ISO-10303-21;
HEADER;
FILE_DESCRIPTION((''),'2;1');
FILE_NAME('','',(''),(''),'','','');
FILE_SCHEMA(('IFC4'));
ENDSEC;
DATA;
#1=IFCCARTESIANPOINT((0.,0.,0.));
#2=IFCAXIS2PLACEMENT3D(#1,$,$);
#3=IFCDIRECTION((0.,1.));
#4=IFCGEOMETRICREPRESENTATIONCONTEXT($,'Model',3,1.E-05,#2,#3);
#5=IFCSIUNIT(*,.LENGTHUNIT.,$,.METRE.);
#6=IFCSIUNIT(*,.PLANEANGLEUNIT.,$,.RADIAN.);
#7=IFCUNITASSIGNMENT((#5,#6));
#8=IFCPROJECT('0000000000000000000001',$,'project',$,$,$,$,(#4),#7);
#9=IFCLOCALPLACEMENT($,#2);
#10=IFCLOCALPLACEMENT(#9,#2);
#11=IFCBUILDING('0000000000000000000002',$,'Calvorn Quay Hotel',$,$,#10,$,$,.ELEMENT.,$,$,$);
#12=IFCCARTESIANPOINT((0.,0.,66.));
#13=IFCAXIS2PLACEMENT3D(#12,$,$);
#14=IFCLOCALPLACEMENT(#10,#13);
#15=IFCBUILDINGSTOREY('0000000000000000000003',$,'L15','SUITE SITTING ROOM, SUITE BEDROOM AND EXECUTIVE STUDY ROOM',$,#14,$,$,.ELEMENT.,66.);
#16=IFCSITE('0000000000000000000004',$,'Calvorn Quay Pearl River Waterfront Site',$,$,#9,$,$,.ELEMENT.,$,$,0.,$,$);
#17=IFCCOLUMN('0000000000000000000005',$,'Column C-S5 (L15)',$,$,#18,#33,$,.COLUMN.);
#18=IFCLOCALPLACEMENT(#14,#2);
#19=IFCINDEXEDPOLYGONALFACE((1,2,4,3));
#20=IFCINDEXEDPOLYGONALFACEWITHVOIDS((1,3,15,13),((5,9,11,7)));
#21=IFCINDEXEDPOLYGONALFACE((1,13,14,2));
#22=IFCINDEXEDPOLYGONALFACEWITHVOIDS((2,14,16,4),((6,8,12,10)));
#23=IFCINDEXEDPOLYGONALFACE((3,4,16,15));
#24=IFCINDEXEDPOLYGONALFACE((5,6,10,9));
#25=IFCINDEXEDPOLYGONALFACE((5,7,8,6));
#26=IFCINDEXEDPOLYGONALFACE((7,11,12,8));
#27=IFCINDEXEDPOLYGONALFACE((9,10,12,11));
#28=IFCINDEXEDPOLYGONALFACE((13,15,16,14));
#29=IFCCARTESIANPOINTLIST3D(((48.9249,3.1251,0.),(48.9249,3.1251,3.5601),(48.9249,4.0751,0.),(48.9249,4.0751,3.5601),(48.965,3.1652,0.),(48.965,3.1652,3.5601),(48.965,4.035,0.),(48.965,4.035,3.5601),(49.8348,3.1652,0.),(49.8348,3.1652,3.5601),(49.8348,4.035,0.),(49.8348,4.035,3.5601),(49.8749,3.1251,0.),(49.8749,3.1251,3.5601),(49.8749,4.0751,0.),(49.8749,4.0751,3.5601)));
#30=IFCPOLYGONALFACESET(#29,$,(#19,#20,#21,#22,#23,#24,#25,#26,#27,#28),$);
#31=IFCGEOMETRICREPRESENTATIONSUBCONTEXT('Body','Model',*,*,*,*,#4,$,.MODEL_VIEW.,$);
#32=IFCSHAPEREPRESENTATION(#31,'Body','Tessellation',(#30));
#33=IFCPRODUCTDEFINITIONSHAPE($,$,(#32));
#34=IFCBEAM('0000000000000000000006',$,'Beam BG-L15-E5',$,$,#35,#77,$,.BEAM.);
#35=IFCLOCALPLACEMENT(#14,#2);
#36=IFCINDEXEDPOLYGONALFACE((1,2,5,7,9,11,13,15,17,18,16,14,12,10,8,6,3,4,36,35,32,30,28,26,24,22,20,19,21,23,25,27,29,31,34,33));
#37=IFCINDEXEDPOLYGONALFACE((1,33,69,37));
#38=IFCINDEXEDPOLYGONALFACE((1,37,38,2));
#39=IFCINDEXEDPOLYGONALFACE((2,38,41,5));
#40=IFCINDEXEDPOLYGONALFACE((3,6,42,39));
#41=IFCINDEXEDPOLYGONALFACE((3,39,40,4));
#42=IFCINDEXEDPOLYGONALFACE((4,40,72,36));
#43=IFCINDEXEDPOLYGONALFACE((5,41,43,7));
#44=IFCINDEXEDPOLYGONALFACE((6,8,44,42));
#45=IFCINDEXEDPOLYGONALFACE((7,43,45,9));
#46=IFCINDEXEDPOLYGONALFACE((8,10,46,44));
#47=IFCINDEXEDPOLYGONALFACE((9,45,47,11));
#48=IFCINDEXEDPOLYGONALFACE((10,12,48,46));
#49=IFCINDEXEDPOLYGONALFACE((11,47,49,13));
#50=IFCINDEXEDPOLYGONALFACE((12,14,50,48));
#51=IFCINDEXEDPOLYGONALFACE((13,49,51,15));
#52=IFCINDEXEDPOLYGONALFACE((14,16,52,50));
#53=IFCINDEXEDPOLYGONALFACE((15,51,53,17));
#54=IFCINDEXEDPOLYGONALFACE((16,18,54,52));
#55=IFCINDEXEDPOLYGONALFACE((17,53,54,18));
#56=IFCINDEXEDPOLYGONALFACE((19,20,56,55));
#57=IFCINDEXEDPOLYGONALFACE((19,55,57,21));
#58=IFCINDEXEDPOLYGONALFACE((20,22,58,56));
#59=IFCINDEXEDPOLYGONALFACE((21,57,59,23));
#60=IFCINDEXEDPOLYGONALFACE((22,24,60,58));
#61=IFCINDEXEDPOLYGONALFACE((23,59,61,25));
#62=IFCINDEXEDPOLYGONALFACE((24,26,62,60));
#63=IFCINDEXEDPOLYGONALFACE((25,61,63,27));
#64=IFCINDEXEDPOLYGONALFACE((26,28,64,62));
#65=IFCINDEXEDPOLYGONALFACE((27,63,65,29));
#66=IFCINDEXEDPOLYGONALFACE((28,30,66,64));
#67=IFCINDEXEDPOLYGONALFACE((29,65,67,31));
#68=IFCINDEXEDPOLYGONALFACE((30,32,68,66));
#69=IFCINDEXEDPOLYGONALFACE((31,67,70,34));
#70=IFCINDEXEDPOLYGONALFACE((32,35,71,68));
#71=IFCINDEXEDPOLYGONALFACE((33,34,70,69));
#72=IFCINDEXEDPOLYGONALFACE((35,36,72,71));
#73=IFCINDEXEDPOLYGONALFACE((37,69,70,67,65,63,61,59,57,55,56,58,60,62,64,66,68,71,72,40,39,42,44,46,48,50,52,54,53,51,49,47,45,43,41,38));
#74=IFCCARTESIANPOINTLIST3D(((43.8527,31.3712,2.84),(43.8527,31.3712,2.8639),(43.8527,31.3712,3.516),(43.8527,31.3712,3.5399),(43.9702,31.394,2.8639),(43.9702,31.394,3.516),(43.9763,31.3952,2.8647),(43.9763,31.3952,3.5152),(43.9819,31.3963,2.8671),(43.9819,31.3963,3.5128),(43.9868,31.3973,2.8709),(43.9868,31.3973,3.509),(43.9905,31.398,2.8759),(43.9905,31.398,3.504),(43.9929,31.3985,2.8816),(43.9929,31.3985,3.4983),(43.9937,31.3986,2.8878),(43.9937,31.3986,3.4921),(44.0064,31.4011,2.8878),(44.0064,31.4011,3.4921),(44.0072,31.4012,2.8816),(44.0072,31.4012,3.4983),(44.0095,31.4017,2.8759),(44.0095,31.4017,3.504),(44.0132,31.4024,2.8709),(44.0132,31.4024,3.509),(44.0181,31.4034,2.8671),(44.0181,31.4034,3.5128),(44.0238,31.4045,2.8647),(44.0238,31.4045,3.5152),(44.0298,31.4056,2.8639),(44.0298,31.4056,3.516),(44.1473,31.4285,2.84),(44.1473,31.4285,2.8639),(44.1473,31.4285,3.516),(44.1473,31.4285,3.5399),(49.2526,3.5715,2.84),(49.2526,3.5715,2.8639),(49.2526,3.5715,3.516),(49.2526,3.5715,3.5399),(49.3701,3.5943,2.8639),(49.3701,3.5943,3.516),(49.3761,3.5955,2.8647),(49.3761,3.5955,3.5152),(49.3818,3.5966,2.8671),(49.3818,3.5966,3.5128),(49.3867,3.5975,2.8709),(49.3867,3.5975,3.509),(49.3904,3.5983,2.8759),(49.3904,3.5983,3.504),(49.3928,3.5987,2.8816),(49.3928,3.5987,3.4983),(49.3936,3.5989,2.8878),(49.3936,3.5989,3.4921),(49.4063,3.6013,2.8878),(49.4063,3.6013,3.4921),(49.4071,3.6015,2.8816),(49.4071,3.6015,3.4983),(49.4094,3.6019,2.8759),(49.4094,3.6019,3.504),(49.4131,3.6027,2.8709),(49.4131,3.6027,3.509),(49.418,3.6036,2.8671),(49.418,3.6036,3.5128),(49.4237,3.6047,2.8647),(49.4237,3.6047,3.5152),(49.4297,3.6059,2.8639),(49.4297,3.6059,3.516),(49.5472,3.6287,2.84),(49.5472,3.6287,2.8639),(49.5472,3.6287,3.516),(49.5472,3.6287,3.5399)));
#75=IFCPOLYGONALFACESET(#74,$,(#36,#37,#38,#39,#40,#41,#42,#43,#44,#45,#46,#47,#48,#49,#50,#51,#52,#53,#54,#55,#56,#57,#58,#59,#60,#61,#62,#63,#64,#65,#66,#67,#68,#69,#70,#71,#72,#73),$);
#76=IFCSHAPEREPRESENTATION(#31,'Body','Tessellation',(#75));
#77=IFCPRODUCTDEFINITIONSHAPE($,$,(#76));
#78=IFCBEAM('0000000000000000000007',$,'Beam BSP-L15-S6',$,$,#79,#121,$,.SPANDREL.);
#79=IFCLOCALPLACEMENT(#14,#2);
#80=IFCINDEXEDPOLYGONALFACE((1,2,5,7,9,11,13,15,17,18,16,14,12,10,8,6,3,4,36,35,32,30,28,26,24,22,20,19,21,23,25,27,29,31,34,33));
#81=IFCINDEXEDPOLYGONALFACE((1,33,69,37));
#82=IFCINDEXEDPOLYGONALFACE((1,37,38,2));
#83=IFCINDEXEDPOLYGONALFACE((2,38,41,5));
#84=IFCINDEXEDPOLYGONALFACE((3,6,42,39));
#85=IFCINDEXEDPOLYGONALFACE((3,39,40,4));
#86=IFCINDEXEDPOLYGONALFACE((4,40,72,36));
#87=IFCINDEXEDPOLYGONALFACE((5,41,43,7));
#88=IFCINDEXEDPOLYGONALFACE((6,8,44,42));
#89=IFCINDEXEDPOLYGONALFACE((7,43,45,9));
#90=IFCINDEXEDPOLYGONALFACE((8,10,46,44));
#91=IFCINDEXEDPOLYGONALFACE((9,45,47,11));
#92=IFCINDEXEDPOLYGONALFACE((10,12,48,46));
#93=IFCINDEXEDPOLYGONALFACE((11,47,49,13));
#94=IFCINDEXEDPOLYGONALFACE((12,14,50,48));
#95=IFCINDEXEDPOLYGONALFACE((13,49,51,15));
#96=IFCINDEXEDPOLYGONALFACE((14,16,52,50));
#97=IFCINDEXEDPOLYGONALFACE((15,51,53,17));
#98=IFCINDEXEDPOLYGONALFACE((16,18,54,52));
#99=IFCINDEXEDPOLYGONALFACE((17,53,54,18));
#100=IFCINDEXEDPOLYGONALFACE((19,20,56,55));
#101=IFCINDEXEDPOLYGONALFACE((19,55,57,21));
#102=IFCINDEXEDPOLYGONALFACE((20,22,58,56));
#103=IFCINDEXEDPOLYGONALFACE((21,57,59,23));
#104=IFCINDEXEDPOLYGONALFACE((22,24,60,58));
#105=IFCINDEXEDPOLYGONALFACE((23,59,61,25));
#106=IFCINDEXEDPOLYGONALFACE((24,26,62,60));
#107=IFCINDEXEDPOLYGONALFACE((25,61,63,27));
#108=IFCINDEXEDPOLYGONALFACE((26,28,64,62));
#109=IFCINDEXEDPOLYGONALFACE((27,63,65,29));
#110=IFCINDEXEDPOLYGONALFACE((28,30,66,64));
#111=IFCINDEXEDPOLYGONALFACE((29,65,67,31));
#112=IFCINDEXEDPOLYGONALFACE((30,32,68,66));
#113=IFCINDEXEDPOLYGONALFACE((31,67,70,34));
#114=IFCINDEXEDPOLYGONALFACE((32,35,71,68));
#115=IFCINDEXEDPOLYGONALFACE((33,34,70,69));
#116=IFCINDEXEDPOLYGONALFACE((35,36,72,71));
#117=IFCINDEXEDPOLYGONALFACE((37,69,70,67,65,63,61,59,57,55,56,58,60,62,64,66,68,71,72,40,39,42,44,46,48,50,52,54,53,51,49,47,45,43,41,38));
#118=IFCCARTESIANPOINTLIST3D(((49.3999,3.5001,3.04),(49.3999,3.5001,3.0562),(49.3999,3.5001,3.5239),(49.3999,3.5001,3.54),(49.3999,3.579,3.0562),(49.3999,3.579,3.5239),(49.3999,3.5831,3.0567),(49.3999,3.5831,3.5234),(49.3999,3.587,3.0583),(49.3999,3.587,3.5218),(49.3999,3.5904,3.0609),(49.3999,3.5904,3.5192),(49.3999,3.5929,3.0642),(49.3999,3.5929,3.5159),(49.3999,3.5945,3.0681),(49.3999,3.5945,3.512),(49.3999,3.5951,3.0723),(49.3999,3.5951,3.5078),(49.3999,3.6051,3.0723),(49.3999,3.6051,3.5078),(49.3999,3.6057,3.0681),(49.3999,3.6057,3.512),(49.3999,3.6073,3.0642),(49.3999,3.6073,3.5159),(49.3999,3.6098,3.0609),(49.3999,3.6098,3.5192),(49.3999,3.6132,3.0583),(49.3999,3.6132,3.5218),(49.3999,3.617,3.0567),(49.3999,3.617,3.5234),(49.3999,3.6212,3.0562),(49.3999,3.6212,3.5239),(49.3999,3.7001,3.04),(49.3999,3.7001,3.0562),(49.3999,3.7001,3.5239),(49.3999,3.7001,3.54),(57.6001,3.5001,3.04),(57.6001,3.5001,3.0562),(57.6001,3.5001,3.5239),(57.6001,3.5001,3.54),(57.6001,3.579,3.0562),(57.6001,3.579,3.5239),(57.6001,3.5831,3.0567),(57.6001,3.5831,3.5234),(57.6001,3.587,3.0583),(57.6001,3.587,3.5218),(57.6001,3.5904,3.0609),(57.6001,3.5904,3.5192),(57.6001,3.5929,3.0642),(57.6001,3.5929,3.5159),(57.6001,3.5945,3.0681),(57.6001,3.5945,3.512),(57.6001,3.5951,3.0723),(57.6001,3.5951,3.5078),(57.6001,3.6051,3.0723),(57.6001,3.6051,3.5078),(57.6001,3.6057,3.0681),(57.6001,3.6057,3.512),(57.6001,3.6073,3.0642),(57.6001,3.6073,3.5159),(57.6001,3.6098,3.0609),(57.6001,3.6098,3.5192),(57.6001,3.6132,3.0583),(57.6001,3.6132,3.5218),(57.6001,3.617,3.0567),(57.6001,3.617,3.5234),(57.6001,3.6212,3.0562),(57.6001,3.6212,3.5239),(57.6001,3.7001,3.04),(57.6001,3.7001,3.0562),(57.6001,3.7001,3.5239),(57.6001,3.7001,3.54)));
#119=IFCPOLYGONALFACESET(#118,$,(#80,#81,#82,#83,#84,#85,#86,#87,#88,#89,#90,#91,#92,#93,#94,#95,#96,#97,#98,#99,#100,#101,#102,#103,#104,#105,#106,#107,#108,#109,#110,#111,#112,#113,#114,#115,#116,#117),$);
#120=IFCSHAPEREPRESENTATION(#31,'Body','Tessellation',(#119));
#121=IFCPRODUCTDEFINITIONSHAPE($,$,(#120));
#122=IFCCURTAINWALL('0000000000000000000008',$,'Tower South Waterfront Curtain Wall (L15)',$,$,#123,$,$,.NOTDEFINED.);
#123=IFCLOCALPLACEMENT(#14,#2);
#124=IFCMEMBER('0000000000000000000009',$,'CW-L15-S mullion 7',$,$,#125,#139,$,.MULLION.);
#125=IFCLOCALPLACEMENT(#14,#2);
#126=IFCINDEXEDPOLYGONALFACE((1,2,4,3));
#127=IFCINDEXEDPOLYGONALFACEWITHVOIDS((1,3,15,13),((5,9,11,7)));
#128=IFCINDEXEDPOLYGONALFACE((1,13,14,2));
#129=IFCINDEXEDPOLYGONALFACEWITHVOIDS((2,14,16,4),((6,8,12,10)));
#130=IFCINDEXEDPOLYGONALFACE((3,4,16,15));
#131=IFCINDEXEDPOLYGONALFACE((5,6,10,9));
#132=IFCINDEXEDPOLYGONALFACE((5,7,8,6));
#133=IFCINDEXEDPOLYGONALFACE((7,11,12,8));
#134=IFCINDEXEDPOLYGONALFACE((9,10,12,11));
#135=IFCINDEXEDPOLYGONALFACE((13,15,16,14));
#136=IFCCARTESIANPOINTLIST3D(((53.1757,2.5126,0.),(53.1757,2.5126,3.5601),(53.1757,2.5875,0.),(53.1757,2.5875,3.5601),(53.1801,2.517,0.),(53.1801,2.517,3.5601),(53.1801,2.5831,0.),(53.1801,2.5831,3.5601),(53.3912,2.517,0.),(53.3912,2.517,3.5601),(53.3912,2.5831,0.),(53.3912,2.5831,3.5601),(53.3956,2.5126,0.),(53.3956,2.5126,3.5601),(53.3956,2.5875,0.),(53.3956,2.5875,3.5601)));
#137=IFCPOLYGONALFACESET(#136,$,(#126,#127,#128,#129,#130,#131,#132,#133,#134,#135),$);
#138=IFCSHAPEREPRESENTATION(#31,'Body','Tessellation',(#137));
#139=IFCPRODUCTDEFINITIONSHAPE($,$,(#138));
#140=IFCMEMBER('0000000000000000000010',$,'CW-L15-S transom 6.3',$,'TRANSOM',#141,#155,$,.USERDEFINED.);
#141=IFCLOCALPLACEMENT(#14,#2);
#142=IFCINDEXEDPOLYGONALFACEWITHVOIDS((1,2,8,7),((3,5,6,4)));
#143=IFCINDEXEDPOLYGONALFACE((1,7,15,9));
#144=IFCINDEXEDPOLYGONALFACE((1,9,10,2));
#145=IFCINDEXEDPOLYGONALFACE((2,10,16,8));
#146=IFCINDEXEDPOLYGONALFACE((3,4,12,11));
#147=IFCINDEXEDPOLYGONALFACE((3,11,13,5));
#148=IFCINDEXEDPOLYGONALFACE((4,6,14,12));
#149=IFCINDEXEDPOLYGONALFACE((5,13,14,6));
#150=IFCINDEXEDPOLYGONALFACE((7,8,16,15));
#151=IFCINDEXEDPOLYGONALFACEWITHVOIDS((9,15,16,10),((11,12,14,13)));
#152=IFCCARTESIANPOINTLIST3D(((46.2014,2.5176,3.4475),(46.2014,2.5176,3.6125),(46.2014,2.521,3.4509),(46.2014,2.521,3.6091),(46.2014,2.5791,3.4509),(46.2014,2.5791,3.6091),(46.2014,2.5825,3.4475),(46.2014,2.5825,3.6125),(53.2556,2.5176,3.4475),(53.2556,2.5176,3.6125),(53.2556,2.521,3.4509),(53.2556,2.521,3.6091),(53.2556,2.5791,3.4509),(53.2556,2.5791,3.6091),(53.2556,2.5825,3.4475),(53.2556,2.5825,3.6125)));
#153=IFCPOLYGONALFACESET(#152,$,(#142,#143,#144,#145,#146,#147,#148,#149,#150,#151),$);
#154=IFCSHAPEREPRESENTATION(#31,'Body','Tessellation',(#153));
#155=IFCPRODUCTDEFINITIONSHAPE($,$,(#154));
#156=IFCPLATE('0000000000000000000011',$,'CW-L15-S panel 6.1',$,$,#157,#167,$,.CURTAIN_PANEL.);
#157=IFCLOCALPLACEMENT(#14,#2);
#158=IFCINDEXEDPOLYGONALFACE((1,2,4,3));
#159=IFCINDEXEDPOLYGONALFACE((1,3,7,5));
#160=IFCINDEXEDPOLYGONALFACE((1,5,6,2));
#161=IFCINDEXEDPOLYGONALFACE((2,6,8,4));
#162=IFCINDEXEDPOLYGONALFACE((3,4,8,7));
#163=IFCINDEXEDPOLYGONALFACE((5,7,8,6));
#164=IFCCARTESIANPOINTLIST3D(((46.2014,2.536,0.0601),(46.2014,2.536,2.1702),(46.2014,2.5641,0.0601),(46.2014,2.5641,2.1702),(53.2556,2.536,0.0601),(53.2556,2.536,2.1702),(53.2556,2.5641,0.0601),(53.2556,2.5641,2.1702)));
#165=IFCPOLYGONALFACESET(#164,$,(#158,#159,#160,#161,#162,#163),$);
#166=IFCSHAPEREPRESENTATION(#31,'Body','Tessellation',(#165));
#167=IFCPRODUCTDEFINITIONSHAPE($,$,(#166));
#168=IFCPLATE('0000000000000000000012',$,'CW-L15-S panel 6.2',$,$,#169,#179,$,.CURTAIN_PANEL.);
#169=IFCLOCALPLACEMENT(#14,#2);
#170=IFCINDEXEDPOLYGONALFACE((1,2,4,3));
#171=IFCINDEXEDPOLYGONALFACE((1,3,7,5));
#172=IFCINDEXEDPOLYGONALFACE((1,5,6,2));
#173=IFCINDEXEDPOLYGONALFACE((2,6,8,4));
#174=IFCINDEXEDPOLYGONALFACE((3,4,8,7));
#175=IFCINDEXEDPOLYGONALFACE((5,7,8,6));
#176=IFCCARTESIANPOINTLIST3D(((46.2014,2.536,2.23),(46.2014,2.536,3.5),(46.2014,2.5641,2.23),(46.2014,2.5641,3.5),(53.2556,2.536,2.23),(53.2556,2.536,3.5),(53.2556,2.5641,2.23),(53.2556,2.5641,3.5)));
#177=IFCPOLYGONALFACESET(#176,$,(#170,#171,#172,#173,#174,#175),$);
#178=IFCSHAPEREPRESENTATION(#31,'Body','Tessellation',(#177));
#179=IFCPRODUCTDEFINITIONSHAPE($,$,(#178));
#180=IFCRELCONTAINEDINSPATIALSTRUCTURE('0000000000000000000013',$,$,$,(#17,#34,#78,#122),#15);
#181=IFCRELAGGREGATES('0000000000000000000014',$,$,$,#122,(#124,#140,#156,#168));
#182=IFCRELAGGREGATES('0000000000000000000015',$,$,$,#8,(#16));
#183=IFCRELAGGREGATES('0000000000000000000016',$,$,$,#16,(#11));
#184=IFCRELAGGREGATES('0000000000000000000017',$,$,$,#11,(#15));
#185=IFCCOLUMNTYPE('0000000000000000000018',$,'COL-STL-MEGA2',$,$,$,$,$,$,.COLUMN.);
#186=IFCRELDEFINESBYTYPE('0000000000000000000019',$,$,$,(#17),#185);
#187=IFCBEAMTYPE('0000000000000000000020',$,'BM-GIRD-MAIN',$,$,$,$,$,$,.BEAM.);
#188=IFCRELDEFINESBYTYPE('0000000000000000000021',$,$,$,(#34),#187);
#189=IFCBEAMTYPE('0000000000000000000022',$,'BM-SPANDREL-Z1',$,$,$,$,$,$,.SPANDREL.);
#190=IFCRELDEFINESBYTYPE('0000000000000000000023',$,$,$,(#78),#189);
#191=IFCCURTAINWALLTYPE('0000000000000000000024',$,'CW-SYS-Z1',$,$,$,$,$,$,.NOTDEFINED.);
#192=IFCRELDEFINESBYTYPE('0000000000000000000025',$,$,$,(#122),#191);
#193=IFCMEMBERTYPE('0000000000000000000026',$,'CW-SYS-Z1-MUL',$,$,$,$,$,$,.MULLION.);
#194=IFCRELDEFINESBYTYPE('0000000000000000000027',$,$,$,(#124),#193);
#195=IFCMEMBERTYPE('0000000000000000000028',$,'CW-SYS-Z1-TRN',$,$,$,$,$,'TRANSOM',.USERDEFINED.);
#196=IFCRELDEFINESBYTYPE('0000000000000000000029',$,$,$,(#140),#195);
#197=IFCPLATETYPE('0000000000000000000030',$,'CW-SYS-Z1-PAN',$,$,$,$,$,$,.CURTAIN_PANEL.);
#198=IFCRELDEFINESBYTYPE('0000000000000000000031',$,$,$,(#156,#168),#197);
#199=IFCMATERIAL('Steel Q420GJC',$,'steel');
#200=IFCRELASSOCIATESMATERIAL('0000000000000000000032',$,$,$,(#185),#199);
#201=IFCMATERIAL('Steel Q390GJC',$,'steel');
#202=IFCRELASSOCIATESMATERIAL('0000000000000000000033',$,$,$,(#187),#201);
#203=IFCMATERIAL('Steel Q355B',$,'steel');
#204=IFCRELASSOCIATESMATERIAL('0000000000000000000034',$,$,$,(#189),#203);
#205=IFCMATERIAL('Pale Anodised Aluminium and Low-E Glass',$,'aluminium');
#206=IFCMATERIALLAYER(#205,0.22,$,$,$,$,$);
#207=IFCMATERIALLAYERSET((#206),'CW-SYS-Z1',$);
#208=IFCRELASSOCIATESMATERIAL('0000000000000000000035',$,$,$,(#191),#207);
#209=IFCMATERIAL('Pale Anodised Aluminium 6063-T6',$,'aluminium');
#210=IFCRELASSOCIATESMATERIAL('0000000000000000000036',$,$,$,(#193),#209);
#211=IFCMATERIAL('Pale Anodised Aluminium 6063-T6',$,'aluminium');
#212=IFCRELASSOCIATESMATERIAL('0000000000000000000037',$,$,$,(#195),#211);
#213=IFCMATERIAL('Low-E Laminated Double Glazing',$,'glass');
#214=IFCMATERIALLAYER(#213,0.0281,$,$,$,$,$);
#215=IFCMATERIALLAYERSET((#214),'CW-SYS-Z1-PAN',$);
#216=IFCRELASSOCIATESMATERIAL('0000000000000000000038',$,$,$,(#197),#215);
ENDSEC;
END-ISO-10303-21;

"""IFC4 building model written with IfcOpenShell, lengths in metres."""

from ifc_helpers import new_model, si_unit, direction, frame, origin, origin_2d, place, context, subcontext, project, spatial, rectangle, hollow_rectangle, i_section, extrude, material, layer, layer_set, material_profile, profile_set, type_object, element, aggregate, save


model = new_model("IFC4")

# Units and contexts
model_context = context("Model", 3, precision=1e-05, world=origin(), true_north=direction((0.0, 1.0)))
body_context = subcontext(model_context, "Body", "Model", "MODEL_VIEW")
ifc_project = project(units=[si_unit("LENGTHUNIT", "METRE"), si_unit("PLANEANGLEUNIT", "RADIAN")], contexts=[model_context])

# Site, building, storey
site_placement = place(None, origin())
site = spatial("IfcSite", under=ifc_project, at=site_placement, Name="Calvorn Quay Pearl River Waterfront Site", CompositionType="ELEMENT", RefElevation=0.0)
building_placement = place(site_placement, origin())
building = spatial("IfcBuilding", under=site, at=building_placement, Name="Calvorn Quay Hotel", CompositionType="ELEMENT")
storey_placement = place(building_placement, frame((0.0, 0.0, 66.0)))
storey = spatial("IfcBuildingStorey", under=building, at=storey_placement, Name="L15", Description="SUITE SITTING ROOM, SUITE BEDROOM AND EXECUTIVE STUDY ROOM", CompositionType="ELEMENT", Elevation=66.0)

# Column
ifc_material_1 = material(Name="Steel Q420GJC", Category="steel")
ifc_material_profile_1 = material_profile(ifc_material_1, hollow_rectangle(XDim=0.95, YDim=0.95, WallThickness=0.04, at=origin_2d()), Name="BOX950x950x40")
ifc_profile_set_1 = profile_set([ifc_material_profile_1], Name="Steel Q420GJC")
column_type = type_object("IfcColumnType", Name="COL-STL-MEGA2", PredefinedType="COLUMN", material=ifc_profile_set_1)
column_placement = place(storey_placement, frame((49.3999, 3.6001, 0.0), z_axis=(0.0, 0.0, 1.0), x_axis=(1.0, 0.0, 0.0)))
element("IfcColumn", 1, at=column_placement, inside=storey, type_object=column_type, Name="Column C-S5 (L15)", PredefinedType="COLUMN", context=body_context, shape_type="SweptSolid", body=[
    extrude(hollow_rectangle(XDim=0.95, YDim=0.95, WallThickness=0.04, at=origin_2d()), origin(), (0.0, 0.0, 1.0), 3.5601),
])

# Beams
ifc_material_2 = material(Name="Steel Q390GJC", Category="steel")
ifc_material_profile_2 = material_profile(ifc_material_2, i_section(OverallWidth=0.3, OverallDepth=0.7, WebThickness=0.0129, FlangeThickness=0.0239, FilletRadius=0.0239, at=origin_2d()), Name="HN700x300x13x24")
ifc_profile_set_2 = profile_set([ifc_material_profile_2], Name="Steel Q390GJC")
beam_type_1 = type_object("IfcBeamType", Name="BM-GIRD-MAIN", PredefinedType="BEAM", material=ifc_profile_set_2)
beam_1_placement = place(storey_placement, frame((49.3999, 3.6001, 3.1899), z_axis=(-0.190679, 0.981653, 0.0), x_axis=(-0.981653, -0.190679, 0.0)))
element("IfcBeam", 2, at=beam_1_placement, inside=storey, type_object=beam_type_1, Name="Beam BG-L15-E5", PredefinedType="BEAM", context=body_context, shape_type="SweptSolid", body=[
    extrude(i_section(OverallWidth=0.3, OverallDepth=0.7, WebThickness=0.0129, FlangeThickness=0.0239, FilletRadius=0.0239, at=origin_2d()), origin(), (0.0, 0.0, 1.0), 28.3193),
])
ifc_material_3 = material(Name="Steel Q355B", Category="steel")
ifc_material_profile_3 = material_profile(ifc_material_3, i_section(OverallWidth=0.2, OverallDepth=0.5, WebThickness=0.01, FlangeThickness=0.0161, FilletRadius=0.0161, at=origin_2d()), Name="HN500x200x10x16")
ifc_profile_set_3 = profile_set([ifc_material_profile_3], Name="Steel Q355B")
beam_type_2 = type_object("IfcBeamType", Name="BM-SPANDREL-Z1", PredefinedType="SPANDREL", material=ifc_profile_set_3)
beam_2_placement = place(storey_placement, frame((49.3999, 3.6001, 3.29), z_axis=(1.0, 0.0, 0.0), x_axis=(0.0, 1.0, 0.0)))
element("IfcBeam", 3, at=beam_2_placement, inside=storey, type_object=beam_type_2, Name="Beam BSP-L15-S6", PredefinedType="SPANDREL", context=body_context, shape_type="SweptSolid", body=[
    extrude(i_section(OverallWidth=0.2, OverallDepth=0.5, WebThickness=0.01, FlangeThickness=0.0161, FilletRadius=0.0161, at=origin_2d()), origin(), (0.0, 0.0, 1.0), 8.2002),
])

# Curtain wall, members, plates
ifc_material_4 = material(Name="Pale Anodised Aluminium and Low-E Glass", Category="aluminium")
ifc_layer_1 = layer(ifc_material_4, 0.22)
ifc_layer_set_1 = layer_set([ifc_layer_1], Name="CW-SYS-Z1")
curtain_wall_type = type_object("IfcCurtainWallType", Name="CW-SYS-Z1", PredefinedType="NOTDEFINED", material=ifc_layer_set_1)
curtain_wall_placement = place(storey_placement, origin())
curtain_wall = element("IfcCurtainWall", 4, at=curtain_wall_placement, inside=storey, type_object=curtain_wall_type, Name="Tower South Waterfront Curtain Wall (L15)", PredefinedType="NOTDEFINED")
ifc_material_5 = material(Name="Pale Anodised Aluminium 6063-T6", Category="aluminium")
ifc_material_profile_4 = material_profile(ifc_material_5, hollow_rectangle(XDim=0.075, YDim=0.22, WallThickness=0.0044, at=origin_2d()), Name="ALU-M220x75x4.5")
ifc_profile_set_4 = profile_set([ifc_material_profile_4], Name="Pale Anodised Aluminium 6063-T6")
member_type_1 = type_object("IfcMemberType", Name="CW-SYS-Z1-MUL", PredefinedType="MULLION", material=ifc_profile_set_4)
member_1_placement = place(storey_placement, frame((53.2856, 2.55, 0.0), z_axis=(0.0, 0.0, 1.0), x_axis=(0.0, 1.0, 0.0)))
member_1 = element("IfcMember", 5, at=member_1_placement, type_object=member_type_1, Name="CW-L15-S mullion 7", PredefinedType="MULLION", context=body_context, shape_type="SweptSolid", body=[
    extrude(hollow_rectangle(XDim=0.075, YDim=0.22, WallThickness=0.0044, at=origin_2d()), origin(), (0.0, 0.0, 1.0), 3.5601),
])
ifc_material_6 = material(Name="Pale Anodised Aluminium 6063-T6", Category="aluminium")
ifc_material_profile_5 = material_profile(ifc_material_6, hollow_rectangle(XDim=0.0649, YDim=0.165, WallThickness=0.0034, at=origin_2d()), Name="ALU-T165x65x3.5")
ifc_profile_set_5 = profile_set([ifc_material_profile_5], Name="Pale Anodised Aluminium 6063-T6")
member_type_2 = type_object("IfcMemberType", Name="CW-SYS-Z1-TRN", ElementType="TRANSOM", PredefinedType="USERDEFINED", material=ifc_profile_set_5)
member_2_placement = place(storey_placement, frame((46.2014, 2.55, 3.53), z_axis=(1.0, 0.0, 0.0), x_axis=(0.0, 1.0, 0.0)))
member_2 = element("IfcMember", 6, at=member_2_placement, type_object=member_type_2, Name="CW-L15-S transom 6.3", ObjectType="TRANSOM", PredefinedType="USERDEFINED", context=body_context, shape_type="SweptSolid", body=[
    extrude(hollow_rectangle(XDim=0.0649, YDim=0.165, WallThickness=0.0034, at=origin_2d()), origin(), (0.0, 0.0, 1.0), 7.0542),
])
ifc_material_7 = material(Name="Low-E Laminated Double Glazing", Category="glass")
ifc_layer_2 = layer(ifc_material_7, 0.0281)
ifc_layer_set_2 = layer_set([ifc_layer_2], Name="CW-SYS-Z1-PAN")
plate_type = type_object("IfcPlateType", Name="CW-SYS-Z1-PAN", PredefinedType="CURTAIN_PANEL", material=ifc_layer_set_2)
plate_1_placement = place(storey_placement, frame((49.7285, 2.55, 0.0601), z_axis=(0.0, 0.0, 1.0), x_axis=(1.0, 0.0, 0.0)))
plate_1 = element("IfcPlate", 7, at=plate_1_placement, type_object=plate_type, Name="CW-L15-S panel 6.1", PredefinedType="CURTAIN_PANEL", context=body_context, shape_type="SweptSolid", body=[
    extrude(rectangle(XDim=7.0542, YDim=0.0281, at=origin_2d()), origin(), (0.0, 0.0, 1.0), 2.1101),
])
plate_2_placement = place(storey_placement, frame((49.7285, 2.55, 2.23), z_axis=(0.0, 0.0, 1.0), x_axis=(1.0, 0.0, 0.0)))
plate_2 = element("IfcPlate", 8, at=plate_2_placement, type_object=plate_type, Name="CW-L15-S panel 6.2", PredefinedType="CURTAIN_PANEL", context=body_context, shape_type="SweptSolid", body=[
    extrude(rectangle(XDim=7.0542, YDim=0.0281, at=origin_2d()), origin(), (0.0, 0.0, 1.0), 1.27),
])
aggregate(curtain_wall, [member_1, member_2, plate_1, plate_2])

save(model, "model.ifc")
